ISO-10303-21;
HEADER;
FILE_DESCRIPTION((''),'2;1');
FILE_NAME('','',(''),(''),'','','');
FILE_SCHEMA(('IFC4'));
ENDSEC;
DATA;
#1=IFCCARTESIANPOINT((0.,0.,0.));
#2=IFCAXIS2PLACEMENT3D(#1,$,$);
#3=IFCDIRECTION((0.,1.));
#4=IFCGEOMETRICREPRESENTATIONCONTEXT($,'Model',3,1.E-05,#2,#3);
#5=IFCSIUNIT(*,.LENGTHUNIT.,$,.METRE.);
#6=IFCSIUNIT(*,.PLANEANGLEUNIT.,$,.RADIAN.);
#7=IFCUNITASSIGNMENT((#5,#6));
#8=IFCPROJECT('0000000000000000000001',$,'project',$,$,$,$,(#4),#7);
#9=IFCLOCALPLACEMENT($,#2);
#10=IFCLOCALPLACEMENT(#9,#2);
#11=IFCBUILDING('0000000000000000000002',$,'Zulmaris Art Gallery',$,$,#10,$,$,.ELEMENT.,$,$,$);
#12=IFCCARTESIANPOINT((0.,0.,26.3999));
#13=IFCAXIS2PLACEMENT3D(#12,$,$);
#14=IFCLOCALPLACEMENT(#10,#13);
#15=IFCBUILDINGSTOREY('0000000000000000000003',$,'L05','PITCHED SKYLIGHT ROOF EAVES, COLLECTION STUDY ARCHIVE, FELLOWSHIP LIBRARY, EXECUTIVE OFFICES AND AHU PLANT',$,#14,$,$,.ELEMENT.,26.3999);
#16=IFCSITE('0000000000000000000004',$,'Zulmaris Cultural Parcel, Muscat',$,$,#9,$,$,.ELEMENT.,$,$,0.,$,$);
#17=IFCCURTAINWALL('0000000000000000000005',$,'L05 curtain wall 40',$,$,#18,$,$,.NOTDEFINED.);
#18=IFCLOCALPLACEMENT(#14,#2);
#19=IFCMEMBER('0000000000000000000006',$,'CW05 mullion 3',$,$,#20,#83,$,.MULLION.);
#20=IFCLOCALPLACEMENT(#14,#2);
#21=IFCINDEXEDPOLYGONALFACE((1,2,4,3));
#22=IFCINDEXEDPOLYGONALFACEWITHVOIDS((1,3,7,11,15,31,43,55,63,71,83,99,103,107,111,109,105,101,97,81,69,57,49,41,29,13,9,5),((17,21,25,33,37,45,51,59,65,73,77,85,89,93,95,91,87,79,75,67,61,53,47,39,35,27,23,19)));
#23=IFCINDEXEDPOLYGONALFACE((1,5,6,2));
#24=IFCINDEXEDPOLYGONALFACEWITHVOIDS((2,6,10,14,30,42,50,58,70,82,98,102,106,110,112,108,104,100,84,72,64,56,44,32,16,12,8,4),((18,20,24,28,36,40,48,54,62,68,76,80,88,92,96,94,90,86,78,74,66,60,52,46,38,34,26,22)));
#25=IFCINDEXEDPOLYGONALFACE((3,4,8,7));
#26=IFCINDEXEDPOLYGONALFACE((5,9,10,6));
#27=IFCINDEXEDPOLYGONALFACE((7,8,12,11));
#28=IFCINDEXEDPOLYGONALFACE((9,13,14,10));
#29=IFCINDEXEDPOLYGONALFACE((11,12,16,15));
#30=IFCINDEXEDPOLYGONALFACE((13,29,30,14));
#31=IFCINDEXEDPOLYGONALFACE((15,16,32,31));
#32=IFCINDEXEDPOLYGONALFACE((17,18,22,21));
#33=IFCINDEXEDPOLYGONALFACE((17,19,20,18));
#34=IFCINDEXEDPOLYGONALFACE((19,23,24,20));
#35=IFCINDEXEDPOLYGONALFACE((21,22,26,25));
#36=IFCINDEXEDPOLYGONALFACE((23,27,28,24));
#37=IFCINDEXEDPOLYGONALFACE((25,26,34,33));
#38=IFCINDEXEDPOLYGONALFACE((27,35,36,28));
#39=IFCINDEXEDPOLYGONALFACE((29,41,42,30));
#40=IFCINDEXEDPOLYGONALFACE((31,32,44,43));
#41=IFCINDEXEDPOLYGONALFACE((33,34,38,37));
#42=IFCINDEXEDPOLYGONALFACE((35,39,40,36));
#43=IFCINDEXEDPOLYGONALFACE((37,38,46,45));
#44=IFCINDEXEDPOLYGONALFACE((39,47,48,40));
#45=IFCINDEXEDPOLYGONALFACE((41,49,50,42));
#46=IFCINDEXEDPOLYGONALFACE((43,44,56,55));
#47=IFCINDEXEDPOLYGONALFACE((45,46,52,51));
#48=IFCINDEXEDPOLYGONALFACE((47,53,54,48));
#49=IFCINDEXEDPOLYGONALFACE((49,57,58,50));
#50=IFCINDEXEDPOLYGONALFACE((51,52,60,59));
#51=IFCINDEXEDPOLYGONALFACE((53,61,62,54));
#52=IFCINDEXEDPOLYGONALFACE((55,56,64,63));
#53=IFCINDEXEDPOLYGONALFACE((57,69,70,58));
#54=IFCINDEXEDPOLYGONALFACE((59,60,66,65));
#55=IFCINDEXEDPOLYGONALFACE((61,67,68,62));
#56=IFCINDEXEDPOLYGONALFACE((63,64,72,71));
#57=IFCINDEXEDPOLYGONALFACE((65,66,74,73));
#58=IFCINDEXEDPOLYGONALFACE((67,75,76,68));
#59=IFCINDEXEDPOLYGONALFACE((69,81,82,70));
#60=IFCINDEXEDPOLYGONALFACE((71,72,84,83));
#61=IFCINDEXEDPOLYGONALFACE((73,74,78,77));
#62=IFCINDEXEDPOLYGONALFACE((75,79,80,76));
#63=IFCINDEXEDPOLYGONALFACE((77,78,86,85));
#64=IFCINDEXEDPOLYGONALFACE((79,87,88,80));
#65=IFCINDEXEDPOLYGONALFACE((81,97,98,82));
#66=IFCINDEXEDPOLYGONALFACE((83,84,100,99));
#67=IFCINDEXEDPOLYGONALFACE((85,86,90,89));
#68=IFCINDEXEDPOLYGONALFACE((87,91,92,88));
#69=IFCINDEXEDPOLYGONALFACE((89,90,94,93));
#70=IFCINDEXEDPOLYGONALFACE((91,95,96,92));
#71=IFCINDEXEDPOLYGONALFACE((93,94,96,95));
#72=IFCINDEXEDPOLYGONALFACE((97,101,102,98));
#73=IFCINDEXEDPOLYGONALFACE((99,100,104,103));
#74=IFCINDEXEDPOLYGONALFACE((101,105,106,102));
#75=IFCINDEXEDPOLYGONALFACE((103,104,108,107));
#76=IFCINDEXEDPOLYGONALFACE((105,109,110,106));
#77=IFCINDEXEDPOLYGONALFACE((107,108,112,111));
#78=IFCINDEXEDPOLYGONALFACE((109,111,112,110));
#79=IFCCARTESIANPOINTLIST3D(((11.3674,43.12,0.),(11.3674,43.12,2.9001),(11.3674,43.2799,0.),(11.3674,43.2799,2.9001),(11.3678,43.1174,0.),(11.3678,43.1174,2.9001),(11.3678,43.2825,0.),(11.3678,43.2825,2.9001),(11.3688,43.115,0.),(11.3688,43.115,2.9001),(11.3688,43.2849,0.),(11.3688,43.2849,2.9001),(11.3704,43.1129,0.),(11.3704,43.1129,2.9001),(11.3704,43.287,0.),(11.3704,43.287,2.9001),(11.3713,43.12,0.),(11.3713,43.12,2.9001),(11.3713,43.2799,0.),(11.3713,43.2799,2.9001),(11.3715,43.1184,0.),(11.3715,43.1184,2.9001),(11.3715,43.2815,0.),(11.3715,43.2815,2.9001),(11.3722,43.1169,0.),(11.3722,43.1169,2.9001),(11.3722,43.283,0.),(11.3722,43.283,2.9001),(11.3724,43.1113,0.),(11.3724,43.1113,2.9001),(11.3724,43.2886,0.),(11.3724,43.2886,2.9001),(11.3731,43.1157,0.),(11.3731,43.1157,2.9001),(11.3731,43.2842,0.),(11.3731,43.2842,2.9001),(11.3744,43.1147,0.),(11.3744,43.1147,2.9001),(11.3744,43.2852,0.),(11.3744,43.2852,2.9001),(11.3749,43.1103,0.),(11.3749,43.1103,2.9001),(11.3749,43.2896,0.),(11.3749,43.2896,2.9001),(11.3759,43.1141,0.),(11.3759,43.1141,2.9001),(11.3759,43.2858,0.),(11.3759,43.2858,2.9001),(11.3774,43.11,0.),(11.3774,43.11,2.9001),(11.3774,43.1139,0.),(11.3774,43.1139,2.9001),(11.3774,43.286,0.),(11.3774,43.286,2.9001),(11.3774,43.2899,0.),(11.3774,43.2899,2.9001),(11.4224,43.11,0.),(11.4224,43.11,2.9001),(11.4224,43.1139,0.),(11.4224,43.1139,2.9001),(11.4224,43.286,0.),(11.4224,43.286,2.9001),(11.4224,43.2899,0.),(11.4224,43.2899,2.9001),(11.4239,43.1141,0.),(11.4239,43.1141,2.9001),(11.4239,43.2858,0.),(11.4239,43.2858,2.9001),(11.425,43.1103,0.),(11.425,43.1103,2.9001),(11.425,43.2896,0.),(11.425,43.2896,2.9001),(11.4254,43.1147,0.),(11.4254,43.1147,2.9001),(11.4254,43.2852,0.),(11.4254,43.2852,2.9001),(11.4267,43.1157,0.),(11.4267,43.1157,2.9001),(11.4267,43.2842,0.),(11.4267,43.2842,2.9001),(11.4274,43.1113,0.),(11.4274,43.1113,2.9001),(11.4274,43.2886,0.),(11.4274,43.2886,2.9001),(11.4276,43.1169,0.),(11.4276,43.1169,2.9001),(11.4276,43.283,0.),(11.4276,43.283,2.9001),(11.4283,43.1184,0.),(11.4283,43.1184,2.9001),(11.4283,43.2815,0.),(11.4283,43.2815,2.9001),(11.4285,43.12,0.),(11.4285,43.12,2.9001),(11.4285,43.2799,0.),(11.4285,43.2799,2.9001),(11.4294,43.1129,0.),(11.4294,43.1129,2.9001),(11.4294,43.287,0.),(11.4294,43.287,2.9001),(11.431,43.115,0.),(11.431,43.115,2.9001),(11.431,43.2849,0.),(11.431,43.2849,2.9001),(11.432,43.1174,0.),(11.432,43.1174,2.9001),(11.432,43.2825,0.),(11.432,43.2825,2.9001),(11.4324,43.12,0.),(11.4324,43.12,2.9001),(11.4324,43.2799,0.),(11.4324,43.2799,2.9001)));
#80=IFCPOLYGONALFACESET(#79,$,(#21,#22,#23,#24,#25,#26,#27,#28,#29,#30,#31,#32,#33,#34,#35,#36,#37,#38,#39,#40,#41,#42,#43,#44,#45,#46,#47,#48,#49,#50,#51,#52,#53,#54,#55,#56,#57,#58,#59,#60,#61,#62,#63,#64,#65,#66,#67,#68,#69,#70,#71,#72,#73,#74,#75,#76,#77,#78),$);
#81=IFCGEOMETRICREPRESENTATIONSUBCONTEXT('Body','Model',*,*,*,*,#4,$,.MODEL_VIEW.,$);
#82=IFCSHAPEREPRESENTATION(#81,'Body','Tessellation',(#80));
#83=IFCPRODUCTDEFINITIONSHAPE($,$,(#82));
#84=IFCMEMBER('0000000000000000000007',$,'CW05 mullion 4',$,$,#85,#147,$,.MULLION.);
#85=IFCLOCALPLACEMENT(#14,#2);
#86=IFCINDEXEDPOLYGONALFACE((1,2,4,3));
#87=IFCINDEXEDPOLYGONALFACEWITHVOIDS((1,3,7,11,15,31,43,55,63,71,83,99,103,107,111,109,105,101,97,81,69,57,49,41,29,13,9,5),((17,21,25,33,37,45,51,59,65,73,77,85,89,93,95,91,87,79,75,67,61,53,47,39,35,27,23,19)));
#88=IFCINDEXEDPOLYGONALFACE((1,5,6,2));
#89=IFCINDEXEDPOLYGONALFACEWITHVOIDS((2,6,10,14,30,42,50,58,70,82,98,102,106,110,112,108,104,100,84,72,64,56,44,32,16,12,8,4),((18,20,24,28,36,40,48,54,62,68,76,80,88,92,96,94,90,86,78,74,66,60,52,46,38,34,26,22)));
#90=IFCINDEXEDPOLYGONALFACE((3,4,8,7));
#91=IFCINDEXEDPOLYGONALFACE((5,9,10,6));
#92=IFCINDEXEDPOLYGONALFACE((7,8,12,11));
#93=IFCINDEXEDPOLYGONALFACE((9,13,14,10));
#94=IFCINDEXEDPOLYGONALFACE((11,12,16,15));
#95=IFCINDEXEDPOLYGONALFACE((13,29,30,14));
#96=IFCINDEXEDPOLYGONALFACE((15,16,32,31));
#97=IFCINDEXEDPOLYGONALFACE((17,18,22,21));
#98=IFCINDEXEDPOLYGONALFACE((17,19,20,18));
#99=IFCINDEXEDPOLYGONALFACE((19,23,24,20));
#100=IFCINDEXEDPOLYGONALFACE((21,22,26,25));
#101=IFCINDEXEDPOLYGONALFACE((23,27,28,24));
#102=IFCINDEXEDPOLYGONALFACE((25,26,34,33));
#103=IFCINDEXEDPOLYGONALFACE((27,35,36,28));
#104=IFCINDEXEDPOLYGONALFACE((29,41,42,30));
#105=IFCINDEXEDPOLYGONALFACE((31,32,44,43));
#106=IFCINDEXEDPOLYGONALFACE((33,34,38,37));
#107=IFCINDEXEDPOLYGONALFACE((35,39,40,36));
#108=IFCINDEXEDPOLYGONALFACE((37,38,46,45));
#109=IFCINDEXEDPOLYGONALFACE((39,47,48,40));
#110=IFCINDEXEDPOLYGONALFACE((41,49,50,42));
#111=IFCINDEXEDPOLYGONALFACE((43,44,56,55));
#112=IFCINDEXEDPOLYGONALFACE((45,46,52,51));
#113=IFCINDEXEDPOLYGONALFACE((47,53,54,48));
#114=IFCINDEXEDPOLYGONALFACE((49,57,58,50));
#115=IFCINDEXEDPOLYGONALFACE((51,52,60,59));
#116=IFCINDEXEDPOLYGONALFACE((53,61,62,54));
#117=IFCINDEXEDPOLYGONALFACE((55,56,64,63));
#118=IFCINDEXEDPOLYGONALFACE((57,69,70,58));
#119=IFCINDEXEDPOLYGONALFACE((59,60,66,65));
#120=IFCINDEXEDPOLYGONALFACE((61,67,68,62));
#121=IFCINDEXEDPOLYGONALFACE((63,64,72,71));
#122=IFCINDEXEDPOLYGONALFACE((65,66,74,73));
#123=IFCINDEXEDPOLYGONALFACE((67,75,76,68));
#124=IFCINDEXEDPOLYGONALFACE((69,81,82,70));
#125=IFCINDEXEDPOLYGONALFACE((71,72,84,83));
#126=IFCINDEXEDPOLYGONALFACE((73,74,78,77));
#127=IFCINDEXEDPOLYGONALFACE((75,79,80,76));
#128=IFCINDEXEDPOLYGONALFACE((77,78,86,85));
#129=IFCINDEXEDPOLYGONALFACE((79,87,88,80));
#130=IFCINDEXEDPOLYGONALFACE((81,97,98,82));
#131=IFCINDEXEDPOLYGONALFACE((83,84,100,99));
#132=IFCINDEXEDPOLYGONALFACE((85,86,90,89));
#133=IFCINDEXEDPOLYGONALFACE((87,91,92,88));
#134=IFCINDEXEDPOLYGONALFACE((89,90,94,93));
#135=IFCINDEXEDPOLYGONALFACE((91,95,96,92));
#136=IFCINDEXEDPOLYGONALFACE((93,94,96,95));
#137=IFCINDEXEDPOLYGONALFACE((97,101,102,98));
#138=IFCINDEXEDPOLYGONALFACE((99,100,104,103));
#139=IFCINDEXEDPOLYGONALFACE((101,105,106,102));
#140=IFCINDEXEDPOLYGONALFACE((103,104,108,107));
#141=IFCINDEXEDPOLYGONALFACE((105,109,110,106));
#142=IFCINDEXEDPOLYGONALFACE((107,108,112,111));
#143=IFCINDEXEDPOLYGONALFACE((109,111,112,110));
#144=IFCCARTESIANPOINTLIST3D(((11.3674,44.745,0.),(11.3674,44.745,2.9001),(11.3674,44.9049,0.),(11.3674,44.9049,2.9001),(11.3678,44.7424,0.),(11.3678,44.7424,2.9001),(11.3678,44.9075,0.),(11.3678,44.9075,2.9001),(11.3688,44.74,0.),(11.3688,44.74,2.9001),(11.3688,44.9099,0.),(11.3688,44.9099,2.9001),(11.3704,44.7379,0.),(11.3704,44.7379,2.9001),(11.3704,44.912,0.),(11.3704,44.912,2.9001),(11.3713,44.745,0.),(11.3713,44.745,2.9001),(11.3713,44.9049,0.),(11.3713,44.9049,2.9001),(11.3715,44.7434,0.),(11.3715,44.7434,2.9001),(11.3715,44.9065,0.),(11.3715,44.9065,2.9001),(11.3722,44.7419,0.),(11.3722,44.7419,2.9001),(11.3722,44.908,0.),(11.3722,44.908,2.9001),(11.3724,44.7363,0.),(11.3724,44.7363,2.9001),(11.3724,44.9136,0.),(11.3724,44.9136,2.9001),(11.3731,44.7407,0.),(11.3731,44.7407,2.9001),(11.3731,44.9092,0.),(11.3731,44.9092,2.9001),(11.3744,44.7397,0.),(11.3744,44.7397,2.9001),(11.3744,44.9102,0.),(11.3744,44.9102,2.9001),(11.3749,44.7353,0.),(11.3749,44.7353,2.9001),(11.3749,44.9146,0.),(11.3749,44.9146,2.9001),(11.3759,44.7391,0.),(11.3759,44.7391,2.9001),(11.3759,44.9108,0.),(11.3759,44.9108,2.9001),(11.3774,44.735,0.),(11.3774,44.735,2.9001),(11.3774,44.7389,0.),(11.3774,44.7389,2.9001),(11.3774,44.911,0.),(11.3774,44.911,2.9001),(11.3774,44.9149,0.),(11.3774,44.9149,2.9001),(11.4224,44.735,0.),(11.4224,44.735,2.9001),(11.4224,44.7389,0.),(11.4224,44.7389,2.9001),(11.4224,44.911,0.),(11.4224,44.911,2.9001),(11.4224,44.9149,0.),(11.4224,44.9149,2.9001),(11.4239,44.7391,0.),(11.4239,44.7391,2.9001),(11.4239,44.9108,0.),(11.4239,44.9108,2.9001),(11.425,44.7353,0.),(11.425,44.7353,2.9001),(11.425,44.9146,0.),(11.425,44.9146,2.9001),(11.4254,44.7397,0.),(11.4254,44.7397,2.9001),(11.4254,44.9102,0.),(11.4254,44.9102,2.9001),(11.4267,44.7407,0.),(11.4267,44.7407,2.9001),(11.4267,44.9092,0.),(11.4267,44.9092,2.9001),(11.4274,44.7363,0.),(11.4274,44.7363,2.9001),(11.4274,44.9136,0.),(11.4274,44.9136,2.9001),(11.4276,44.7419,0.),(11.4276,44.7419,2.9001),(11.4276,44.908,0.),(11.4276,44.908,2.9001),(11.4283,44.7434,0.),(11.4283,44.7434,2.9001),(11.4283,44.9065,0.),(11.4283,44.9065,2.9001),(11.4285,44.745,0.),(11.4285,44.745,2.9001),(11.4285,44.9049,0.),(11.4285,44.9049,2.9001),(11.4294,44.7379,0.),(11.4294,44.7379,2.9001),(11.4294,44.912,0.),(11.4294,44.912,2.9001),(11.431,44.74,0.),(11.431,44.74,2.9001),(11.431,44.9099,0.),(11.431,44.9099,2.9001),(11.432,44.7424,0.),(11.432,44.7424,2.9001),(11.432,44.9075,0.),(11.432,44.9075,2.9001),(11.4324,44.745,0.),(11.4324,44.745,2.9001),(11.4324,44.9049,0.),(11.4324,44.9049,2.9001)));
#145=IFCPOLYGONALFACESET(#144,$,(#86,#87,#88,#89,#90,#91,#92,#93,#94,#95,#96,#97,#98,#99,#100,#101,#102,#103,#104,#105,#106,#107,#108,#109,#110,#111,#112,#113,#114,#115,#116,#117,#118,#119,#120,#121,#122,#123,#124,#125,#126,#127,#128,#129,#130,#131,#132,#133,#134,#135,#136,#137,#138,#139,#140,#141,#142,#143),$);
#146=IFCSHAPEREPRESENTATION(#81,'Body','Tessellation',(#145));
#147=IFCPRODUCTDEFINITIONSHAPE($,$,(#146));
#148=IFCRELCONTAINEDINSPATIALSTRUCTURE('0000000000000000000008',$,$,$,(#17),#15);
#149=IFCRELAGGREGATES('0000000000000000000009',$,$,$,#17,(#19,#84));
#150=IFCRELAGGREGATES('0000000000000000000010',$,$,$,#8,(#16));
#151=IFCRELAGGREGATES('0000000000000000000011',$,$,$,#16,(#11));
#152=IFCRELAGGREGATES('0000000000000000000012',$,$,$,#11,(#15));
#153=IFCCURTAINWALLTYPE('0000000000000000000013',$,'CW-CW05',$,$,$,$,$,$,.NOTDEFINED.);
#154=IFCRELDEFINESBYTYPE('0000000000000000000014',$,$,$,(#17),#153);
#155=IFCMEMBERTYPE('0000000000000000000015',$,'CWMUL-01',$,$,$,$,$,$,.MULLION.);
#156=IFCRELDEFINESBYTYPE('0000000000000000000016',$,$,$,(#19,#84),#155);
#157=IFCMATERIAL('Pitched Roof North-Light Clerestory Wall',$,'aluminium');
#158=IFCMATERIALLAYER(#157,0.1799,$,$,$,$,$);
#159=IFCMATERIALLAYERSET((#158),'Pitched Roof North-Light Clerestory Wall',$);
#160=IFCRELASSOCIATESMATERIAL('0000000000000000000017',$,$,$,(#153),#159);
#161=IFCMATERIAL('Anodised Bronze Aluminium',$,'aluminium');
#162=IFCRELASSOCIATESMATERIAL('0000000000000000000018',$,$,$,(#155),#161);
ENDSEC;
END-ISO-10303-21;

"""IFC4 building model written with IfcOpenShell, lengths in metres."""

from ifc_helpers import new_model, si_unit, direction, frame, origin, origin_2d, place, context, subcontext, project, spatial, hollow_rectangle, extrude, material, layer, layer_set, material_profile, profile_set, type_object, element, aggregate, save


model = new_model("IFC4")

# Units and contexts
model_context = context("Model", 3, precision=1e-05, world=origin(), true_north=direction((0.0, 1.0)))
body_context = subcontext(model_context, "Body", "Model", "MODEL_VIEW")
ifc_project = project(units=[si_unit("LENGTHUNIT", "METRE"), si_unit("PLANEANGLEUNIT", "RADIAN")], contexts=[model_context])

# Site, building, storey
site_placement = place(None, origin())
site = spatial("IfcSite", under=ifc_project, at=site_placement, Name="Zulmaris Cultural Parcel, Muscat", CompositionType="ELEMENT", RefElevation=0.0)
building_placement = place(site_placement, origin())
building = spatial("IfcBuilding", under=site, at=building_placement, Name="Zulmaris Art Gallery", CompositionType="ELEMENT")
storey_placement = place(building_placement, frame((0.0, 0.0, 26.3999)))
storey = spatial("IfcBuildingStorey", under=building, at=storey_placement, Name="L05", Description="PITCHED SKYLIGHT ROOF EAVES, COLLECTION STUDY ARCHIVE, FELLOWSHIP LIBRARY, EXECUTIVE OFFICES AND AHU PLANT", CompositionType="ELEMENT", Elevation=26.3999)

# Curtain wall, members
ifc_material_1 = material(Name="Pitched Roof North-Light Clerestory Wall", Category="aluminium")
ifc_layer_1 = layer(ifc_material_1, 0.1799)
ifc_layer_set_1 = layer_set([ifc_layer_1], Name="Pitched Roof North-Light Clerestory Wall")
curtain_wall_type = type_object("IfcCurtainWallType", Name="CW-CW05", PredefinedType="NOTDEFINED", material=ifc_layer_set_1)
curtain_wall_placement = place(storey_placement, origin())
curtain_wall = element("IfcCurtainWall", 1, at=curtain_wall_placement, inside=storey, type_object=curtain_wall_type, Name="L05 curtain wall 40", PredefinedType="NOTDEFINED")
ifc_material_2 = material(Name="Anodised Bronze Aluminium", Category="aluminium")
ifc_material_profile_1 = material_profile(ifc_material_2, hollow_rectangle(XDim=0.0649, YDim=0.1799, WallThickness=0.0039, InnerFilletRadius=0.0061, OuterFilletRadius=0.01, at=origin_2d()), Name="ALU 65x180x4")
ifc_profile_set_1 = profile_set([ifc_material_profile_1], Name="Anodised Bronze Aluminium")
member_type_1 = type_object("IfcMemberType", Name="CWMUL-01", PredefinedType="MULLION", material=ifc_profile_set_1)
member_1_placement = place(storey_placement, frame((11.3999, 43.2, 0.0), z_axis=(0.0, 0.0, 1.0), x_axis=(-1.0, 0.0, 0.0)))
member_1 = element("IfcMember", 2, at=member_1_placement, type_object=member_type_1, Name="CW05 mullion 3", PredefinedType="MULLION", context=body_context, shape_type="SweptSolid", body=[
    extrude(hollow_rectangle(XDim=0.0649, YDim=0.1799, WallThickness=0.0039, InnerFilletRadius=0.0061, OuterFilletRadius=0.01, at=origin_2d()), origin(), (0.0, 0.0, 1.0), 2.9001),
])
member_2_placement = place(storey_placement, frame((11.3999, 44.825, 0.0), z_axis=(0.0, 0.0, 1.0), x_axis=(-1.0, 0.0, 0.0)))
member_2 = element("IfcMember", 3, at=member_2_placement, type_object=member_type_1, Name="CW05 mullion 4", PredefinedType="MULLION", context=body_context, shape_type="SweptSolid", body=[
    extrude(hollow_rectangle(XDim=0.0649, YDim=0.1799, WallThickness=0.0039, InnerFilletRadius=0.0061, OuterFilletRadius=0.01, at=origin_2d()), origin(), (0.0, 0.0, 1.0), 2.9001),
])

aggregate(curtain_wall, [member_1, member_2])

save(model, "model.ifc")
